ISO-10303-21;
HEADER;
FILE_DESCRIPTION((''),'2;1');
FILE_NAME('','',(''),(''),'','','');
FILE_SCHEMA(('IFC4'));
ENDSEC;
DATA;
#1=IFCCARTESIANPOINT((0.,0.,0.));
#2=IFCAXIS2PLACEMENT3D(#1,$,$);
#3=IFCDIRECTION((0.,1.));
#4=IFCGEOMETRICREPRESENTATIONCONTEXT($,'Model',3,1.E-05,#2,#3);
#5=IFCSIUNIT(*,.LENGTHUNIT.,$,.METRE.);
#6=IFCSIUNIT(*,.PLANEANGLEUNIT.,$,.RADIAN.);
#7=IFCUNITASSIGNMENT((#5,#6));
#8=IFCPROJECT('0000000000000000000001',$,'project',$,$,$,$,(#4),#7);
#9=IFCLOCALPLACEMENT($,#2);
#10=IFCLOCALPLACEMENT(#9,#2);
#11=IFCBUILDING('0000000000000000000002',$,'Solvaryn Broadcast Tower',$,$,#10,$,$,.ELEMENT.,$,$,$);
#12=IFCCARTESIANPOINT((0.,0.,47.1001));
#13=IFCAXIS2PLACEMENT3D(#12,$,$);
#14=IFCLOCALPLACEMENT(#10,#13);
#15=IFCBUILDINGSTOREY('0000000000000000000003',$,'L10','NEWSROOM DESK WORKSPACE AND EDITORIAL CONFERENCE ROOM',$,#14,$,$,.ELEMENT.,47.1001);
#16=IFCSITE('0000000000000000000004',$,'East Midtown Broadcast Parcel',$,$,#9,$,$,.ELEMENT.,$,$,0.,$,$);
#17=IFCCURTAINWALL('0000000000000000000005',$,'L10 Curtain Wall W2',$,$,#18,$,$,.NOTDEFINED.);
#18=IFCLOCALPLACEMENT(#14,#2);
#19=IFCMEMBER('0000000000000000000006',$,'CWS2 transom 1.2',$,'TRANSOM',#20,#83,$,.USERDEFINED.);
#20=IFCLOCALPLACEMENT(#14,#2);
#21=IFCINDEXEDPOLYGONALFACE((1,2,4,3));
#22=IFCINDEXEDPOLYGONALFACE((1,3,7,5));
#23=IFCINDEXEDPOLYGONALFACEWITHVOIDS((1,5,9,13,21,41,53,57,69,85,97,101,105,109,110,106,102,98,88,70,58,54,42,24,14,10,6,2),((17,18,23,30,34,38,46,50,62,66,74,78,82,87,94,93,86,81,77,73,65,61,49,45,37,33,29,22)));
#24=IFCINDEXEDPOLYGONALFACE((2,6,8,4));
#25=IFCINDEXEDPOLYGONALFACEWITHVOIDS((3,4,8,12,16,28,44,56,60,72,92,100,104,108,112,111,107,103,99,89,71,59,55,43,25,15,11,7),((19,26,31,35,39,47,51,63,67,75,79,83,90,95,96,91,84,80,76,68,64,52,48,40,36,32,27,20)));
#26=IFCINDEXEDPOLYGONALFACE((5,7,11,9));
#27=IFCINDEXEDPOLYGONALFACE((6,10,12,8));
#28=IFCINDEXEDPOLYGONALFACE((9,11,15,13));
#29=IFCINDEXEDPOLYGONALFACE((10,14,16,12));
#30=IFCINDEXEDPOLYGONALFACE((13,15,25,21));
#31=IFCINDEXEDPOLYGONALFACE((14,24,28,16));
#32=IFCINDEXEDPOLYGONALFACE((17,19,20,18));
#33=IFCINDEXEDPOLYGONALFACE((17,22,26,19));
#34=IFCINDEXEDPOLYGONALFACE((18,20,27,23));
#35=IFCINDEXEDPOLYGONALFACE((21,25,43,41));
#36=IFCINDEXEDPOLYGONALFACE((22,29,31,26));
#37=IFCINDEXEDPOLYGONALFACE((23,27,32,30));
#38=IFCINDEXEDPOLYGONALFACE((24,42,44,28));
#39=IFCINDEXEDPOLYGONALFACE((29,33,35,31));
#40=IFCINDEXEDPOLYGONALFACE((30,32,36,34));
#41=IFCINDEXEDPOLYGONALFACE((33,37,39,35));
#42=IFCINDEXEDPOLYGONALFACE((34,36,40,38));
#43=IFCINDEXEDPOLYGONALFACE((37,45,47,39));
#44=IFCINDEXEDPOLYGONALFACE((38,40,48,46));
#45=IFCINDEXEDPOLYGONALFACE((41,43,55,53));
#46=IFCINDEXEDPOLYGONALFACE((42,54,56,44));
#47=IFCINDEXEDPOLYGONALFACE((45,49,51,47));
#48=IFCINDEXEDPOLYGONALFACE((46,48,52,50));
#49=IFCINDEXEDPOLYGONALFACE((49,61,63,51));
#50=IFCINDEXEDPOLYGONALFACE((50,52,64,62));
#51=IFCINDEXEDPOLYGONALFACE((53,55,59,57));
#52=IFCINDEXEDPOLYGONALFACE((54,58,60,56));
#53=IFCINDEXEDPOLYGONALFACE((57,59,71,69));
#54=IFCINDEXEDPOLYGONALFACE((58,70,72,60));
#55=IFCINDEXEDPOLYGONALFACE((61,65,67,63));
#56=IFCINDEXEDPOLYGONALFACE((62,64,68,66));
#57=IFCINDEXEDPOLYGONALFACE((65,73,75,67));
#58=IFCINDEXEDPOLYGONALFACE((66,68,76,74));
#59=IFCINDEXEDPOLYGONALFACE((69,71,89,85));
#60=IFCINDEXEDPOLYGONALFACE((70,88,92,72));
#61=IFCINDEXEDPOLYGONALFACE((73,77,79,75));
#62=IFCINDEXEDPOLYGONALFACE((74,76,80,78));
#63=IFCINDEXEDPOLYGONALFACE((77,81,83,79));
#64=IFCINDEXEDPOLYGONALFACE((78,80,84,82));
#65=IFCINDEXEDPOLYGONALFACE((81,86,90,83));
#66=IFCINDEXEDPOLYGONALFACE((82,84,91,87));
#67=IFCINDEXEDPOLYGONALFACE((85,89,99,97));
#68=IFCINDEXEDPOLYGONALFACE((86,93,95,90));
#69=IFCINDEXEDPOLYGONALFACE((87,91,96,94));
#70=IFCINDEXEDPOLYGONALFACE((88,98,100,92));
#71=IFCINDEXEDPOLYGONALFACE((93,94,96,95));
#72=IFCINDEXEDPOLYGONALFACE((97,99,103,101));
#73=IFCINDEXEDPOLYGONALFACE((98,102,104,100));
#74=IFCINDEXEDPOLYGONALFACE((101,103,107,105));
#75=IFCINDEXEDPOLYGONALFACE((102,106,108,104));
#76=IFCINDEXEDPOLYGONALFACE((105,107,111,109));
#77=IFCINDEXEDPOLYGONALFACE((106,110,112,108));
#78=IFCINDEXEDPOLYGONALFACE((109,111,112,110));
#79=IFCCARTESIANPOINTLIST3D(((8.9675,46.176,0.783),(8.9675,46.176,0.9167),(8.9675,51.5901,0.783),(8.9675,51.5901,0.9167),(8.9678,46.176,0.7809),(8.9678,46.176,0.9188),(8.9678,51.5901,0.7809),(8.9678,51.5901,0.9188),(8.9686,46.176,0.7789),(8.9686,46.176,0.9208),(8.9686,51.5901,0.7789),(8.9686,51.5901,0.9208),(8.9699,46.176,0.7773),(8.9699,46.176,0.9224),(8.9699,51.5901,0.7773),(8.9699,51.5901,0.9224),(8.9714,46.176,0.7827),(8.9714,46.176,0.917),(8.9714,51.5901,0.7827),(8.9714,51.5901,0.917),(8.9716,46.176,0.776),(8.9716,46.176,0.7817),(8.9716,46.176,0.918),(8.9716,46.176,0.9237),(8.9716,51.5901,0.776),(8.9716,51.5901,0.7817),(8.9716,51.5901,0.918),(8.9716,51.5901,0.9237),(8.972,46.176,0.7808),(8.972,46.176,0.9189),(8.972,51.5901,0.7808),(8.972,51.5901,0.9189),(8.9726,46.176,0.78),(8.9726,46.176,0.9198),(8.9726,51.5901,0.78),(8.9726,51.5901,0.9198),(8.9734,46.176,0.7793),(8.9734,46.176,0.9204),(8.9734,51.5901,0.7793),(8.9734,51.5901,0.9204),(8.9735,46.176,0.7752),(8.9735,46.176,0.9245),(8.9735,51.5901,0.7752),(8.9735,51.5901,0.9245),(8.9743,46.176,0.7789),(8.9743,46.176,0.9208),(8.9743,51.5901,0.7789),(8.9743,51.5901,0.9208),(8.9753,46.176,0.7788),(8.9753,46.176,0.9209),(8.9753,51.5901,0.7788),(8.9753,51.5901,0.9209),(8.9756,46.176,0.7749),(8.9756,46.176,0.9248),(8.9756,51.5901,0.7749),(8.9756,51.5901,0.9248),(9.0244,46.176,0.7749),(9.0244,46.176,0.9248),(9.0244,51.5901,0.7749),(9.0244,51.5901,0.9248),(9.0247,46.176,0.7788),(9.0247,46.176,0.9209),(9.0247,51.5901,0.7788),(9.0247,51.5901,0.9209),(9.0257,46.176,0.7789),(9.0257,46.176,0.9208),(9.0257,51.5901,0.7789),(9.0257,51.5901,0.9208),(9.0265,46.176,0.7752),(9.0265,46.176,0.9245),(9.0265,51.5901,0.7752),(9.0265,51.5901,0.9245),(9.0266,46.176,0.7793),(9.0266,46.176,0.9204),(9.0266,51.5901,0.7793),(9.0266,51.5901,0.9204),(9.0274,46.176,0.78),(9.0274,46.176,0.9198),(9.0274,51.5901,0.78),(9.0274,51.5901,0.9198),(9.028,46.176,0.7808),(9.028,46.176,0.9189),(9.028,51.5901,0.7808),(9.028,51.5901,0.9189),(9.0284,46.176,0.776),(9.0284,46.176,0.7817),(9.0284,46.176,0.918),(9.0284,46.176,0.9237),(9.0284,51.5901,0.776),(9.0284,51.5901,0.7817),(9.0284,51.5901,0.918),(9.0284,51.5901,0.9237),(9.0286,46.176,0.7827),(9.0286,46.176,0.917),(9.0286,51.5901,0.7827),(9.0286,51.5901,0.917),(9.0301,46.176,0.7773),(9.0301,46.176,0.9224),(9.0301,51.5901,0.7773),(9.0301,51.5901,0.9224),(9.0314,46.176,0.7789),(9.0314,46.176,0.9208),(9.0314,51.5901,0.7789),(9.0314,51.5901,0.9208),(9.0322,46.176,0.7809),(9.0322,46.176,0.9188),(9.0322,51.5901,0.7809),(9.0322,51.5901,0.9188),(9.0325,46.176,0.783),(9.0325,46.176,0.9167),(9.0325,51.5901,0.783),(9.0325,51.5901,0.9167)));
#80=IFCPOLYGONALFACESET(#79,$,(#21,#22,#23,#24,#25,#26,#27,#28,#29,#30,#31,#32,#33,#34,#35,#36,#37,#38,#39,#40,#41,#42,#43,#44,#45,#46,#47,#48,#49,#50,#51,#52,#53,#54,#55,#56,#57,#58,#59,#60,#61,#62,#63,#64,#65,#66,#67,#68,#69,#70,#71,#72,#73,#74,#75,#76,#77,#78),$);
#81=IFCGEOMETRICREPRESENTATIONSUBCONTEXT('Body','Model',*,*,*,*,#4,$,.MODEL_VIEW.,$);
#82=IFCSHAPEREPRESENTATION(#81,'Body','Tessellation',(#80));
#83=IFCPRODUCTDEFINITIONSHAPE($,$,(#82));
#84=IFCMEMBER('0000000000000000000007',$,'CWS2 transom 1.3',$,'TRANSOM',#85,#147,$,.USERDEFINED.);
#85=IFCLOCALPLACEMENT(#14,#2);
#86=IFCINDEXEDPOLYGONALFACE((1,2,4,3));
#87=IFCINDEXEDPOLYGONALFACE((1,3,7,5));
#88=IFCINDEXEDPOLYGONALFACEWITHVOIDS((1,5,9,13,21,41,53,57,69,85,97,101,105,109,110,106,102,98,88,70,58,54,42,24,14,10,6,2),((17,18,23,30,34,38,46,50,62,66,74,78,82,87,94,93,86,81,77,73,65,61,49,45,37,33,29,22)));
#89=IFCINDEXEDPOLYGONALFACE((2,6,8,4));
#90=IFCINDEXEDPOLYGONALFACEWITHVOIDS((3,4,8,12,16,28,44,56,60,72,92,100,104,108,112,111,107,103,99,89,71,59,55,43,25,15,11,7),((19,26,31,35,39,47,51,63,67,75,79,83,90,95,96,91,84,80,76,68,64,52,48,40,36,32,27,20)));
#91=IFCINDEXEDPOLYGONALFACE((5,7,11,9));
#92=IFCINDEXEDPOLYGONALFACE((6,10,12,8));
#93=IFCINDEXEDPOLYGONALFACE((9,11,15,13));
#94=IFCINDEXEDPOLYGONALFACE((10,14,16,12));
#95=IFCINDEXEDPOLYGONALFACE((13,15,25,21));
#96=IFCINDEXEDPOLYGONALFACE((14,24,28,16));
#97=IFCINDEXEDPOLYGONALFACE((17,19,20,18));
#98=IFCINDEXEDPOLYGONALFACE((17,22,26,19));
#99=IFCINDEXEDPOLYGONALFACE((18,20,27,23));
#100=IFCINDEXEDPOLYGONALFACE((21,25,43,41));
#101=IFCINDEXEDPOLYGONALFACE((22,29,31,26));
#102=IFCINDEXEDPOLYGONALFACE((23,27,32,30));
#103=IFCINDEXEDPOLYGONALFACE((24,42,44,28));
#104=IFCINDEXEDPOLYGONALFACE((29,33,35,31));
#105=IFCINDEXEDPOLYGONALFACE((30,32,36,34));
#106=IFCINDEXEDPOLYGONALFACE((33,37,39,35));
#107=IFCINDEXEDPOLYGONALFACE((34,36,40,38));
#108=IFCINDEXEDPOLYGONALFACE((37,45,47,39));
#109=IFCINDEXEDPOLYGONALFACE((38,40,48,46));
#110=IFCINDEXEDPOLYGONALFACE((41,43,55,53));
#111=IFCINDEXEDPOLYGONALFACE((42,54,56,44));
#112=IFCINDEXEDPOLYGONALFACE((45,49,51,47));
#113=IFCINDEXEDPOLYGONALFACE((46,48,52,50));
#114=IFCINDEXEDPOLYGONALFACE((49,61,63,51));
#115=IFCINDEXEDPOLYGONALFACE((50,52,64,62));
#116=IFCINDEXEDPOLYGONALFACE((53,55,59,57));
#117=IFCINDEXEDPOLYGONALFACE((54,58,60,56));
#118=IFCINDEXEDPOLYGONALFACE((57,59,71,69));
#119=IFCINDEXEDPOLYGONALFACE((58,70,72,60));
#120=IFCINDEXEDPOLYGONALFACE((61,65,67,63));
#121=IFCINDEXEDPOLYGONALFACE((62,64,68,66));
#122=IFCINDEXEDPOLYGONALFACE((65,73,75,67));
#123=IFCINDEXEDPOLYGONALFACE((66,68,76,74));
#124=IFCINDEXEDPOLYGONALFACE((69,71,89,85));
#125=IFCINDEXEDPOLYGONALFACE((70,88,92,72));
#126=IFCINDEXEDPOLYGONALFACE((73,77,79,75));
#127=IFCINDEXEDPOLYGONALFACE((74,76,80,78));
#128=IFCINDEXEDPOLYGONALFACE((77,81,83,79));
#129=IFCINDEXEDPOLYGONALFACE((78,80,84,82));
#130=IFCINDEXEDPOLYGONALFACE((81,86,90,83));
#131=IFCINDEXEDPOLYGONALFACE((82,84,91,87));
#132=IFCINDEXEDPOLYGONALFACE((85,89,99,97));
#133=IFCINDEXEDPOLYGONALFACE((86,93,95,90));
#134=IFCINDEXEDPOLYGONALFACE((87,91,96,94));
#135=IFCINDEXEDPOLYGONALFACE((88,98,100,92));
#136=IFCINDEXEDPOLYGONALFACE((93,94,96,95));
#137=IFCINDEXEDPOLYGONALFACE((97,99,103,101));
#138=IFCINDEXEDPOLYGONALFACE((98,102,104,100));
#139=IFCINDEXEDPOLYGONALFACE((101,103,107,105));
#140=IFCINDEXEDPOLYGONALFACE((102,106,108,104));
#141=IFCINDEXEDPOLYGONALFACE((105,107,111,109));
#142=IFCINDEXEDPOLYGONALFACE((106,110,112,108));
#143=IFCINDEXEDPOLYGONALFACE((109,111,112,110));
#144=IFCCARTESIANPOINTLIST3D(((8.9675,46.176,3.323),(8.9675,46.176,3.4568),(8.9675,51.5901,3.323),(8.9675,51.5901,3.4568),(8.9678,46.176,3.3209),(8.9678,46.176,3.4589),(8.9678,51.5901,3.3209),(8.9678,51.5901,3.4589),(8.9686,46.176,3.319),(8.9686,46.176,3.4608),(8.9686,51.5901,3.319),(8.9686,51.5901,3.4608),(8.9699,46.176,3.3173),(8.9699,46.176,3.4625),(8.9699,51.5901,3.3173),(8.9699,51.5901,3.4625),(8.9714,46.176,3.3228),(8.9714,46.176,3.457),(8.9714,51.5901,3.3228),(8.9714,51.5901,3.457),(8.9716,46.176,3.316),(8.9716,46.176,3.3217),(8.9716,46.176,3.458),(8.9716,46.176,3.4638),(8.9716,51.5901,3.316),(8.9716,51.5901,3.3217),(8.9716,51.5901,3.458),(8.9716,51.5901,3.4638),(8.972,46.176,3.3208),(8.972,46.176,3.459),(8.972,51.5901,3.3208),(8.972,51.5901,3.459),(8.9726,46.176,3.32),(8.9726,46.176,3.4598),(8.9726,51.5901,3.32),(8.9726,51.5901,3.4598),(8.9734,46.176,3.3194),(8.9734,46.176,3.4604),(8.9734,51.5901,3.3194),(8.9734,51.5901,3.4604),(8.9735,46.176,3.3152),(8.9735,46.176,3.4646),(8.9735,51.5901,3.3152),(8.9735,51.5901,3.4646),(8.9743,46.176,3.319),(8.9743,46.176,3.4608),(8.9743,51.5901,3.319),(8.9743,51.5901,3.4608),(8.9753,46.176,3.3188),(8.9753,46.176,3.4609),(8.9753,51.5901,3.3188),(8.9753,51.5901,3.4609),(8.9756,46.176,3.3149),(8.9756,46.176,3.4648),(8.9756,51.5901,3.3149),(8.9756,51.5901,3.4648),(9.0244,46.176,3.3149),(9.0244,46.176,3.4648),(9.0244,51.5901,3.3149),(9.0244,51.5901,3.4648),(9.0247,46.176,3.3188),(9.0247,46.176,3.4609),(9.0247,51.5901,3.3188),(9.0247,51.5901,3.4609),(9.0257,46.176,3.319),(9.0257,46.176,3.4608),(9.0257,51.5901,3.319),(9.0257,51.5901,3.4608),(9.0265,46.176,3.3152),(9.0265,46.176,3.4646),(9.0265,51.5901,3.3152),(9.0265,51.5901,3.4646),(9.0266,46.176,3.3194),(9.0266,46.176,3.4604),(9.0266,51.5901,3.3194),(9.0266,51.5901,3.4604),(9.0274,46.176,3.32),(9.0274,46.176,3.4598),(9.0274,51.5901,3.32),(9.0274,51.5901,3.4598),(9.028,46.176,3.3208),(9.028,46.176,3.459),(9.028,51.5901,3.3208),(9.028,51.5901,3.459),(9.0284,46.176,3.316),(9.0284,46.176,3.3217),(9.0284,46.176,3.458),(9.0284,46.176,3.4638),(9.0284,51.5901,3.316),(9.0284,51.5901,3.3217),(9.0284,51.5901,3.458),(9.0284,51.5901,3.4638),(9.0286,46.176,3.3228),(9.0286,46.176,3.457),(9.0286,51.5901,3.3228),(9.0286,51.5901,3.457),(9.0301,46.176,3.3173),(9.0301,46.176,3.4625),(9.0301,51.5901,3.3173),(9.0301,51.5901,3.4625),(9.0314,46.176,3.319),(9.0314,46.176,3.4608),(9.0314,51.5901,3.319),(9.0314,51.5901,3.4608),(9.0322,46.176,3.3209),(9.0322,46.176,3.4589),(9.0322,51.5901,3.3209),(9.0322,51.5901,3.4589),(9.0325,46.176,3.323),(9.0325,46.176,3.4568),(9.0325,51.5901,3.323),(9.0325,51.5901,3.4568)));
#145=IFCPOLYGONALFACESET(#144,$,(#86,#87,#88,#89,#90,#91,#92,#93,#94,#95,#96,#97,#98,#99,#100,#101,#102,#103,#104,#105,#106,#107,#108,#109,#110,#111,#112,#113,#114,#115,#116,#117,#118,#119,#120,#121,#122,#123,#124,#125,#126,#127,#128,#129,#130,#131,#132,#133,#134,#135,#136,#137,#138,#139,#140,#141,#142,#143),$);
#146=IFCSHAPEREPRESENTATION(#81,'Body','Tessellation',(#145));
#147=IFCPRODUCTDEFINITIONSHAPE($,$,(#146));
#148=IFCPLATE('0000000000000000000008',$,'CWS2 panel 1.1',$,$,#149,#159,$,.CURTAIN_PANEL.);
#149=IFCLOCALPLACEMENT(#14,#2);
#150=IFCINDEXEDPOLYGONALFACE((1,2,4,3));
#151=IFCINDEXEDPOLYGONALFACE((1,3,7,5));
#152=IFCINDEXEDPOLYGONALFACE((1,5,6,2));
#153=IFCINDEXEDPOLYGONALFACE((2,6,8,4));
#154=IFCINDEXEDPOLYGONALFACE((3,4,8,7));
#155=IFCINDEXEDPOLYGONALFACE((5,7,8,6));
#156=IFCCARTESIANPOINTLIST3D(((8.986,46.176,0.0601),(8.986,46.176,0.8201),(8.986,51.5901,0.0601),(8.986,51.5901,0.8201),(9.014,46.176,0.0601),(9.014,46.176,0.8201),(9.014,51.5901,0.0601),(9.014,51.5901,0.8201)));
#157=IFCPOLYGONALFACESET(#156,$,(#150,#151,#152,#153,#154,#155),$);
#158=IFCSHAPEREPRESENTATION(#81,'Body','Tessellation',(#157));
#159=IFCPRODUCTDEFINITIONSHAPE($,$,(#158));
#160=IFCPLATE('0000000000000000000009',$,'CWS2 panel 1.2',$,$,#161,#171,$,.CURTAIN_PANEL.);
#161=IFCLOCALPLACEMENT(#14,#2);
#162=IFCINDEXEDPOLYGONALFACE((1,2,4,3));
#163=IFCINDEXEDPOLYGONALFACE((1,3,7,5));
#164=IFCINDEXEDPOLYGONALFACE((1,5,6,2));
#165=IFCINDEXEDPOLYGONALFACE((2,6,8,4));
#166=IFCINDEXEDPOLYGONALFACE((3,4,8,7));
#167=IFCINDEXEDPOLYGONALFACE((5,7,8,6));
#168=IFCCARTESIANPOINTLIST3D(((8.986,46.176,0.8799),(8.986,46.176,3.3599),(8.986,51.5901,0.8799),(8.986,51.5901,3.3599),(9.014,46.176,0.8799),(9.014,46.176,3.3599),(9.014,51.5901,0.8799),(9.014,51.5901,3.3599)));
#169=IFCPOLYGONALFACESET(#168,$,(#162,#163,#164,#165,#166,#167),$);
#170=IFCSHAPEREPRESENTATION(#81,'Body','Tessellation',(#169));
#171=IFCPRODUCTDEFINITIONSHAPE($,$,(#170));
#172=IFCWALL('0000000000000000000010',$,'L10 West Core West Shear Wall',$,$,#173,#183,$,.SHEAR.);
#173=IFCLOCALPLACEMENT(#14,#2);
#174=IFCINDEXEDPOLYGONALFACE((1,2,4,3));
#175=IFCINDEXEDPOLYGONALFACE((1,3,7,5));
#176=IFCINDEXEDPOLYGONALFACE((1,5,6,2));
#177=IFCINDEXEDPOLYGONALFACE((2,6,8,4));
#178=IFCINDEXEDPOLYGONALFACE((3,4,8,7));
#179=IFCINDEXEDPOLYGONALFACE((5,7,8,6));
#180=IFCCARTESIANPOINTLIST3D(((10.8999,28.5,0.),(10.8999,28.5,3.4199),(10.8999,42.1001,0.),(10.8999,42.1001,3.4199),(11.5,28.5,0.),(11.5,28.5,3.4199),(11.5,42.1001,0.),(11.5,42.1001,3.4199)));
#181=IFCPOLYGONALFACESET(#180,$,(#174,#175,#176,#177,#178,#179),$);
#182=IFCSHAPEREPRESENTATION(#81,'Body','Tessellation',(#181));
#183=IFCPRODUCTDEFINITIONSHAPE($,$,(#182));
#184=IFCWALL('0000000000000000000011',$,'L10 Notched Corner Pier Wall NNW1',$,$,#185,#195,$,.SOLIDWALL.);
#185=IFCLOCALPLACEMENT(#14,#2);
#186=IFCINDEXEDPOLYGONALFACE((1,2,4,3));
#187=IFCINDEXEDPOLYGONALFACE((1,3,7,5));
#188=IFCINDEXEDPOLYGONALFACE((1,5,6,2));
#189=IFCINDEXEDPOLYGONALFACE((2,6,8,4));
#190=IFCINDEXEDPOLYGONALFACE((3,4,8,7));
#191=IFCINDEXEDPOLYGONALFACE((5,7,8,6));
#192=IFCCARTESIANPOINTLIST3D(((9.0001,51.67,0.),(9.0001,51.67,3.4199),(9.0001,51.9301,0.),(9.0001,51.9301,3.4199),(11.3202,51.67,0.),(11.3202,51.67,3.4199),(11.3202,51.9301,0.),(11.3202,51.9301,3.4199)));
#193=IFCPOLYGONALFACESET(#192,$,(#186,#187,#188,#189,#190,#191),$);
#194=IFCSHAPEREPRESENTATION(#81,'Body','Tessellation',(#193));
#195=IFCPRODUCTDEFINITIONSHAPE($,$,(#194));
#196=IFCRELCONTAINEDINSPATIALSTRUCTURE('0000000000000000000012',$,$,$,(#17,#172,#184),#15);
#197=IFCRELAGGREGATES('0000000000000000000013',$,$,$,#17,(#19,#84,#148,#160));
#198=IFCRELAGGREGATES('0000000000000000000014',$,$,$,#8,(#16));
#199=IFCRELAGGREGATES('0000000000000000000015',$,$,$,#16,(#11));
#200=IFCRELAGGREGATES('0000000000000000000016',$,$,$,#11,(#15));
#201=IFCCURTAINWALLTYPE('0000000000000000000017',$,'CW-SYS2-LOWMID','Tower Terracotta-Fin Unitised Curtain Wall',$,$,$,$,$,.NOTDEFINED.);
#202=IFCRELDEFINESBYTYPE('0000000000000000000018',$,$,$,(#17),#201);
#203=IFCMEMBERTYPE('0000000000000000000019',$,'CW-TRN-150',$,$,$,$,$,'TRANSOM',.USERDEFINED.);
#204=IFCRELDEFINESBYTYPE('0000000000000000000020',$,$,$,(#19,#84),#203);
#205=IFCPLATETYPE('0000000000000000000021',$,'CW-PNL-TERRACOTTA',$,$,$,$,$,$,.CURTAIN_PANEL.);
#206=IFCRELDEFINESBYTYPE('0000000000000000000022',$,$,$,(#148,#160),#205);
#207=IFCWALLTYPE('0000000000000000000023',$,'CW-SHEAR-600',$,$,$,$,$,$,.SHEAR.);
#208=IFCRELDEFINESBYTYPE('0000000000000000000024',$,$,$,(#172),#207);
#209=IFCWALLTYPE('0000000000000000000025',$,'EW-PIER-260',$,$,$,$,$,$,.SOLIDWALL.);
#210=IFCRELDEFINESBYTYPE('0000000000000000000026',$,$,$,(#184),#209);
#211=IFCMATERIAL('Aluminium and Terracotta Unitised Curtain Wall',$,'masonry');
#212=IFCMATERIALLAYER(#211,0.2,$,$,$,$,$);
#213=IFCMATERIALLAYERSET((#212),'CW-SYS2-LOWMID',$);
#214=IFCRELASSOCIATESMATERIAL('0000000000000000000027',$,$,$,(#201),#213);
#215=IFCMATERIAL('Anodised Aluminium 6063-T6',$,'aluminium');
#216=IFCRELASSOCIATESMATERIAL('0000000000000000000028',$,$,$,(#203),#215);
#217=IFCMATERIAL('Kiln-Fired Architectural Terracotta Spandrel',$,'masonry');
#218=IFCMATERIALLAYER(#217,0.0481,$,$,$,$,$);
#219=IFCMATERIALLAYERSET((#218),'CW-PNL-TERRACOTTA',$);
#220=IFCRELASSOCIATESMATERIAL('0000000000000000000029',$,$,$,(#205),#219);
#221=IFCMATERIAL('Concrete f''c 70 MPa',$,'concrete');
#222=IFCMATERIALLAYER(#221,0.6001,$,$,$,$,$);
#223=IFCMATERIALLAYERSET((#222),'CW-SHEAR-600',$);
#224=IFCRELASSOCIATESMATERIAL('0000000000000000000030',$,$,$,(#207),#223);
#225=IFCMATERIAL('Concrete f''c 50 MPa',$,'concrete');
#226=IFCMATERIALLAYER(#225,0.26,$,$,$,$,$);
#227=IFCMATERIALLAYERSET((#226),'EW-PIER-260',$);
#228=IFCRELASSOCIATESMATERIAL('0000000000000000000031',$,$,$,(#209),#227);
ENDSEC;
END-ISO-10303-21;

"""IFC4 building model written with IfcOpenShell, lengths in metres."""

from ifc_helpers import new_model, si_unit, direction, frame, frame_2d, origin, origin_2d, place, context, subcontext, project, spatial, rectangle, hollow_rectangle, extrude, material, layer, layer_set, material_profile, profile_set, type_object, element, aggregate, save


model = new_model("IFC4")

# Units and contexts
model_context = context("Model", 3, precision=1e-05, world=origin(), true_north=direction((0.0, 1.0)))
body_context = subcontext(model_context, "Body", "Model", "MODEL_VIEW")
ifc_project = project(units=[si_unit("LENGTHUNIT", "METRE"), si_unit("PLANEANGLEUNIT", "RADIAN")], contexts=[model_context])

# Site, building, storey
site_placement = place(None, origin())
site = spatial("IfcSite", under=ifc_project, at=site_placement, Name="East Midtown Broadcast Parcel", CompositionType="ELEMENT", RefElevation=0.0)
building_placement = place(site_placement, origin())
building = spatial("IfcBuilding", under=site, at=building_placement, Name="Solvaryn Broadcast Tower", CompositionType="ELEMENT")
storey_placement = place(building_placement, frame((0.0, 0.0, 47.1001)))
storey = spatial("IfcBuildingStorey", under=building, at=storey_placement, Name="L10", Description="NEWSROOM DESK WORKSPACE AND EDITORIAL CONFERENCE ROOM", CompositionType="ELEMENT", Elevation=47.1001)

# Shared definitions
ifc_material_1 = material(Name="Aluminium and Terracotta Unitised Curtain Wall", Category="masonry")
ifc_layer_1 = layer(ifc_material_1, 0.2)
ifc_layer_set_1 = layer_set([ifc_layer_1], Name="CW-SYS2-LOWMID")
curtain_wall_type = type_object("IfcCurtainWallType", Name="CW-SYS2-LOWMID", Description="Tower Terracotta-Fin Unitised Curtain Wall", PredefinedType="NOTDEFINED", material=ifc_layer_set_1)

# Curtain wall
curtain_wall_1_placement = place(storey_placement, origin())
curtain_wall_1 = element("IfcCurtainWall", 1, at=curtain_wall_1_placement, inside=storey, type_object=curtain_wall_type, Name="L10 Curtain Wall W2", PredefinedType="NOTDEFINED")

# Members
ifc_material_2 = material(Name="Anodised Aluminium 6063-T6", Category="aluminium")
ifc_material_profile_1 = material_profile(ifc_material_2, hollow_rectangle(XDim=0.0649, YDim=0.1499, WallThickness=0.0039, InnerFilletRadius=0.0039, OuterFilletRadius=0.0081, at=origin_2d()))
ifc_profile_set_1 = profile_set([ifc_material_profile_1], Name="Anodised Aluminium 6063-T6")
member_type_1 = type_object("IfcMemberType", Name="CW-TRN-150", ElementType="TRANSOM", PredefinedType="USERDEFINED", material=ifc_profile_set_1)
member_1_placement = place(storey_placement, frame((9.0, 46.176, 0.8499), z_axis=(0.0, 1.0, 0.0), x_axis=(-1.0, 0.0, 0.0)))
member_1 = element("IfcMember", 2, at=member_1_placement, type_object=member_type_1, Name="CWS2 transom 1.2", ObjectType="TRANSOM", PredefinedType="USERDEFINED", context=body_context, shape_type="SweptSolid", body=[
    extrude(hollow_rectangle(XDim=0.0649, YDim=0.1499, WallThickness=0.0039, InnerFilletRadius=0.0039, OuterFilletRadius=0.0081, at=origin_2d()), origin(), (0.0, 0.0, 1.0), 5.4141),
])
member_2_placement = place(storey_placement, frame((9.0, 46.176, 3.3899), z_axis=(0.0, 1.0, 0.0), x_axis=(-1.0, 0.0, 0.0)))
member_2 = element("IfcMember", 3, at=member_2_placement, type_object=member_type_1, Name="CWS2 transom 1.3", ObjectType="TRANSOM", PredefinedType="USERDEFINED", context=body_context, shape_type="SweptSolid", body=[
    extrude(hollow_rectangle(XDim=0.0649, YDim=0.1499, WallThickness=0.0039, InnerFilletRadius=0.0039, OuterFilletRadius=0.0081, at=origin_2d()), origin(), (0.0, 0.0, 1.0), 5.4141),
])

# Plates
ifc_material_3 = material(Name="Kiln-Fired Architectural Terracotta Spandrel", Category="masonry")
ifc_layer_2 = layer(ifc_material_3, 0.0481)
ifc_layer_set_2 = layer_set([ifc_layer_2], Name="CW-PNL-TERRACOTTA")
plate_type = type_object("IfcPlateType", Name="CW-PNL-TERRACOTTA", PredefinedType="CURTAIN_PANEL", material=ifc_layer_set_2)
plate_1_placement = place(storey_placement, frame((9.0, 48.8831, 0.0601), z_axis=(0.0, 0.0, 1.0), x_axis=(0.0, 1.0, 0.0)))
plate_1 = element("IfcPlate", 4, at=plate_1_placement, type_object=plate_type, Name="CWS2 panel 1.1", PredefinedType="CURTAIN_PANEL", context=body_context, shape_type="SweptSolid", body=[
    extrude(rectangle(XDim=5.4141, YDim=0.0281, at=origin_2d()), origin(), (0.0, 0.0, 1.0), 0.76),
])
plate_2_placement = place(storey_placement, frame((9.0, 48.8831, 0.8799), z_axis=(0.0, 0.0, 1.0), x_axis=(0.0, 1.0, 0.0)))
plate_2 = element("IfcPlate", 5, at=plate_2_placement, type_object=plate_type, Name="CWS2 panel 1.2", PredefinedType="CURTAIN_PANEL", context=body_context, shape_type="SweptSolid", body=[
    extrude(rectangle(XDim=5.4141, YDim=0.0281, at=origin_2d()), origin(), (0.0, 0.0, 1.0), 2.48),
])
aggregate(curtain_wall_1, [member_1, member_2, plate_1, plate_2])

# Walls
ifc_material_4 = material(Name="Concrete f'c 70 MPa", Category="concrete")
ifc_layer_3 = layer(ifc_material_4, 0.6001)
ifc_layer_set_3 = layer_set([ifc_layer_3], Name="CW-SHEAR-600")
wall_type_1 = type_object("IfcWallType", Name="CW-SHEAR-600", PredefinedType="SHEAR", material=ifc_layer_set_3)
wall_1_placement = place(storey_placement, frame((11.2, 42.1001, 0.0), z_axis=(0.0, 0.0, 1.0), x_axis=(0.0, -1.0, 0.0)))
element("IfcWall", 6, at=wall_1_placement, inside=storey, type_object=wall_type_1, Name="L10 West Core West Shear Wall", PredefinedType="SHEAR", context=body_context, shape_type="SweptSolid", body=[
    extrude(rectangle(XDim=13.6001, YDim=0.6001, at=frame_2d((6.8, 0.0))), origin(), (0.0, 0.0, 1.0), 3.4199),
])
ifc_material_5 = material(Name="Concrete f'c 50 MPa", Category="concrete")
ifc_layer_4 = layer(ifc_material_5, 0.26)
ifc_layer_set_4 = layer_set([ifc_layer_4], Name="EW-PIER-260")
wall_type_2 = type_object("IfcWallType", Name="EW-PIER-260", PredefinedType="SOLIDWALL", material=ifc_layer_set_4)
wall_2_placement = place(storey_placement, frame((9.0, 51.8, 0.0), z_axis=(0.0, 0.0, 1.0), x_axis=(1.0, 0.0, 0.0)))
element("IfcWall", 7, at=wall_2_placement, inside=storey, type_object=wall_type_2, Name="L10 Notched Corner Pier Wall NNW1", PredefinedType="SOLIDWALL", context=body_context, shape_type="SweptSolid", body=[
    extrude(rectangle(XDim=2.3201, YDim=0.26, at=frame_2d((1.1602, 0.0))), origin(), (0.0, 0.0, 1.0), 3.4199),
])

save(model, "model.ifc")
